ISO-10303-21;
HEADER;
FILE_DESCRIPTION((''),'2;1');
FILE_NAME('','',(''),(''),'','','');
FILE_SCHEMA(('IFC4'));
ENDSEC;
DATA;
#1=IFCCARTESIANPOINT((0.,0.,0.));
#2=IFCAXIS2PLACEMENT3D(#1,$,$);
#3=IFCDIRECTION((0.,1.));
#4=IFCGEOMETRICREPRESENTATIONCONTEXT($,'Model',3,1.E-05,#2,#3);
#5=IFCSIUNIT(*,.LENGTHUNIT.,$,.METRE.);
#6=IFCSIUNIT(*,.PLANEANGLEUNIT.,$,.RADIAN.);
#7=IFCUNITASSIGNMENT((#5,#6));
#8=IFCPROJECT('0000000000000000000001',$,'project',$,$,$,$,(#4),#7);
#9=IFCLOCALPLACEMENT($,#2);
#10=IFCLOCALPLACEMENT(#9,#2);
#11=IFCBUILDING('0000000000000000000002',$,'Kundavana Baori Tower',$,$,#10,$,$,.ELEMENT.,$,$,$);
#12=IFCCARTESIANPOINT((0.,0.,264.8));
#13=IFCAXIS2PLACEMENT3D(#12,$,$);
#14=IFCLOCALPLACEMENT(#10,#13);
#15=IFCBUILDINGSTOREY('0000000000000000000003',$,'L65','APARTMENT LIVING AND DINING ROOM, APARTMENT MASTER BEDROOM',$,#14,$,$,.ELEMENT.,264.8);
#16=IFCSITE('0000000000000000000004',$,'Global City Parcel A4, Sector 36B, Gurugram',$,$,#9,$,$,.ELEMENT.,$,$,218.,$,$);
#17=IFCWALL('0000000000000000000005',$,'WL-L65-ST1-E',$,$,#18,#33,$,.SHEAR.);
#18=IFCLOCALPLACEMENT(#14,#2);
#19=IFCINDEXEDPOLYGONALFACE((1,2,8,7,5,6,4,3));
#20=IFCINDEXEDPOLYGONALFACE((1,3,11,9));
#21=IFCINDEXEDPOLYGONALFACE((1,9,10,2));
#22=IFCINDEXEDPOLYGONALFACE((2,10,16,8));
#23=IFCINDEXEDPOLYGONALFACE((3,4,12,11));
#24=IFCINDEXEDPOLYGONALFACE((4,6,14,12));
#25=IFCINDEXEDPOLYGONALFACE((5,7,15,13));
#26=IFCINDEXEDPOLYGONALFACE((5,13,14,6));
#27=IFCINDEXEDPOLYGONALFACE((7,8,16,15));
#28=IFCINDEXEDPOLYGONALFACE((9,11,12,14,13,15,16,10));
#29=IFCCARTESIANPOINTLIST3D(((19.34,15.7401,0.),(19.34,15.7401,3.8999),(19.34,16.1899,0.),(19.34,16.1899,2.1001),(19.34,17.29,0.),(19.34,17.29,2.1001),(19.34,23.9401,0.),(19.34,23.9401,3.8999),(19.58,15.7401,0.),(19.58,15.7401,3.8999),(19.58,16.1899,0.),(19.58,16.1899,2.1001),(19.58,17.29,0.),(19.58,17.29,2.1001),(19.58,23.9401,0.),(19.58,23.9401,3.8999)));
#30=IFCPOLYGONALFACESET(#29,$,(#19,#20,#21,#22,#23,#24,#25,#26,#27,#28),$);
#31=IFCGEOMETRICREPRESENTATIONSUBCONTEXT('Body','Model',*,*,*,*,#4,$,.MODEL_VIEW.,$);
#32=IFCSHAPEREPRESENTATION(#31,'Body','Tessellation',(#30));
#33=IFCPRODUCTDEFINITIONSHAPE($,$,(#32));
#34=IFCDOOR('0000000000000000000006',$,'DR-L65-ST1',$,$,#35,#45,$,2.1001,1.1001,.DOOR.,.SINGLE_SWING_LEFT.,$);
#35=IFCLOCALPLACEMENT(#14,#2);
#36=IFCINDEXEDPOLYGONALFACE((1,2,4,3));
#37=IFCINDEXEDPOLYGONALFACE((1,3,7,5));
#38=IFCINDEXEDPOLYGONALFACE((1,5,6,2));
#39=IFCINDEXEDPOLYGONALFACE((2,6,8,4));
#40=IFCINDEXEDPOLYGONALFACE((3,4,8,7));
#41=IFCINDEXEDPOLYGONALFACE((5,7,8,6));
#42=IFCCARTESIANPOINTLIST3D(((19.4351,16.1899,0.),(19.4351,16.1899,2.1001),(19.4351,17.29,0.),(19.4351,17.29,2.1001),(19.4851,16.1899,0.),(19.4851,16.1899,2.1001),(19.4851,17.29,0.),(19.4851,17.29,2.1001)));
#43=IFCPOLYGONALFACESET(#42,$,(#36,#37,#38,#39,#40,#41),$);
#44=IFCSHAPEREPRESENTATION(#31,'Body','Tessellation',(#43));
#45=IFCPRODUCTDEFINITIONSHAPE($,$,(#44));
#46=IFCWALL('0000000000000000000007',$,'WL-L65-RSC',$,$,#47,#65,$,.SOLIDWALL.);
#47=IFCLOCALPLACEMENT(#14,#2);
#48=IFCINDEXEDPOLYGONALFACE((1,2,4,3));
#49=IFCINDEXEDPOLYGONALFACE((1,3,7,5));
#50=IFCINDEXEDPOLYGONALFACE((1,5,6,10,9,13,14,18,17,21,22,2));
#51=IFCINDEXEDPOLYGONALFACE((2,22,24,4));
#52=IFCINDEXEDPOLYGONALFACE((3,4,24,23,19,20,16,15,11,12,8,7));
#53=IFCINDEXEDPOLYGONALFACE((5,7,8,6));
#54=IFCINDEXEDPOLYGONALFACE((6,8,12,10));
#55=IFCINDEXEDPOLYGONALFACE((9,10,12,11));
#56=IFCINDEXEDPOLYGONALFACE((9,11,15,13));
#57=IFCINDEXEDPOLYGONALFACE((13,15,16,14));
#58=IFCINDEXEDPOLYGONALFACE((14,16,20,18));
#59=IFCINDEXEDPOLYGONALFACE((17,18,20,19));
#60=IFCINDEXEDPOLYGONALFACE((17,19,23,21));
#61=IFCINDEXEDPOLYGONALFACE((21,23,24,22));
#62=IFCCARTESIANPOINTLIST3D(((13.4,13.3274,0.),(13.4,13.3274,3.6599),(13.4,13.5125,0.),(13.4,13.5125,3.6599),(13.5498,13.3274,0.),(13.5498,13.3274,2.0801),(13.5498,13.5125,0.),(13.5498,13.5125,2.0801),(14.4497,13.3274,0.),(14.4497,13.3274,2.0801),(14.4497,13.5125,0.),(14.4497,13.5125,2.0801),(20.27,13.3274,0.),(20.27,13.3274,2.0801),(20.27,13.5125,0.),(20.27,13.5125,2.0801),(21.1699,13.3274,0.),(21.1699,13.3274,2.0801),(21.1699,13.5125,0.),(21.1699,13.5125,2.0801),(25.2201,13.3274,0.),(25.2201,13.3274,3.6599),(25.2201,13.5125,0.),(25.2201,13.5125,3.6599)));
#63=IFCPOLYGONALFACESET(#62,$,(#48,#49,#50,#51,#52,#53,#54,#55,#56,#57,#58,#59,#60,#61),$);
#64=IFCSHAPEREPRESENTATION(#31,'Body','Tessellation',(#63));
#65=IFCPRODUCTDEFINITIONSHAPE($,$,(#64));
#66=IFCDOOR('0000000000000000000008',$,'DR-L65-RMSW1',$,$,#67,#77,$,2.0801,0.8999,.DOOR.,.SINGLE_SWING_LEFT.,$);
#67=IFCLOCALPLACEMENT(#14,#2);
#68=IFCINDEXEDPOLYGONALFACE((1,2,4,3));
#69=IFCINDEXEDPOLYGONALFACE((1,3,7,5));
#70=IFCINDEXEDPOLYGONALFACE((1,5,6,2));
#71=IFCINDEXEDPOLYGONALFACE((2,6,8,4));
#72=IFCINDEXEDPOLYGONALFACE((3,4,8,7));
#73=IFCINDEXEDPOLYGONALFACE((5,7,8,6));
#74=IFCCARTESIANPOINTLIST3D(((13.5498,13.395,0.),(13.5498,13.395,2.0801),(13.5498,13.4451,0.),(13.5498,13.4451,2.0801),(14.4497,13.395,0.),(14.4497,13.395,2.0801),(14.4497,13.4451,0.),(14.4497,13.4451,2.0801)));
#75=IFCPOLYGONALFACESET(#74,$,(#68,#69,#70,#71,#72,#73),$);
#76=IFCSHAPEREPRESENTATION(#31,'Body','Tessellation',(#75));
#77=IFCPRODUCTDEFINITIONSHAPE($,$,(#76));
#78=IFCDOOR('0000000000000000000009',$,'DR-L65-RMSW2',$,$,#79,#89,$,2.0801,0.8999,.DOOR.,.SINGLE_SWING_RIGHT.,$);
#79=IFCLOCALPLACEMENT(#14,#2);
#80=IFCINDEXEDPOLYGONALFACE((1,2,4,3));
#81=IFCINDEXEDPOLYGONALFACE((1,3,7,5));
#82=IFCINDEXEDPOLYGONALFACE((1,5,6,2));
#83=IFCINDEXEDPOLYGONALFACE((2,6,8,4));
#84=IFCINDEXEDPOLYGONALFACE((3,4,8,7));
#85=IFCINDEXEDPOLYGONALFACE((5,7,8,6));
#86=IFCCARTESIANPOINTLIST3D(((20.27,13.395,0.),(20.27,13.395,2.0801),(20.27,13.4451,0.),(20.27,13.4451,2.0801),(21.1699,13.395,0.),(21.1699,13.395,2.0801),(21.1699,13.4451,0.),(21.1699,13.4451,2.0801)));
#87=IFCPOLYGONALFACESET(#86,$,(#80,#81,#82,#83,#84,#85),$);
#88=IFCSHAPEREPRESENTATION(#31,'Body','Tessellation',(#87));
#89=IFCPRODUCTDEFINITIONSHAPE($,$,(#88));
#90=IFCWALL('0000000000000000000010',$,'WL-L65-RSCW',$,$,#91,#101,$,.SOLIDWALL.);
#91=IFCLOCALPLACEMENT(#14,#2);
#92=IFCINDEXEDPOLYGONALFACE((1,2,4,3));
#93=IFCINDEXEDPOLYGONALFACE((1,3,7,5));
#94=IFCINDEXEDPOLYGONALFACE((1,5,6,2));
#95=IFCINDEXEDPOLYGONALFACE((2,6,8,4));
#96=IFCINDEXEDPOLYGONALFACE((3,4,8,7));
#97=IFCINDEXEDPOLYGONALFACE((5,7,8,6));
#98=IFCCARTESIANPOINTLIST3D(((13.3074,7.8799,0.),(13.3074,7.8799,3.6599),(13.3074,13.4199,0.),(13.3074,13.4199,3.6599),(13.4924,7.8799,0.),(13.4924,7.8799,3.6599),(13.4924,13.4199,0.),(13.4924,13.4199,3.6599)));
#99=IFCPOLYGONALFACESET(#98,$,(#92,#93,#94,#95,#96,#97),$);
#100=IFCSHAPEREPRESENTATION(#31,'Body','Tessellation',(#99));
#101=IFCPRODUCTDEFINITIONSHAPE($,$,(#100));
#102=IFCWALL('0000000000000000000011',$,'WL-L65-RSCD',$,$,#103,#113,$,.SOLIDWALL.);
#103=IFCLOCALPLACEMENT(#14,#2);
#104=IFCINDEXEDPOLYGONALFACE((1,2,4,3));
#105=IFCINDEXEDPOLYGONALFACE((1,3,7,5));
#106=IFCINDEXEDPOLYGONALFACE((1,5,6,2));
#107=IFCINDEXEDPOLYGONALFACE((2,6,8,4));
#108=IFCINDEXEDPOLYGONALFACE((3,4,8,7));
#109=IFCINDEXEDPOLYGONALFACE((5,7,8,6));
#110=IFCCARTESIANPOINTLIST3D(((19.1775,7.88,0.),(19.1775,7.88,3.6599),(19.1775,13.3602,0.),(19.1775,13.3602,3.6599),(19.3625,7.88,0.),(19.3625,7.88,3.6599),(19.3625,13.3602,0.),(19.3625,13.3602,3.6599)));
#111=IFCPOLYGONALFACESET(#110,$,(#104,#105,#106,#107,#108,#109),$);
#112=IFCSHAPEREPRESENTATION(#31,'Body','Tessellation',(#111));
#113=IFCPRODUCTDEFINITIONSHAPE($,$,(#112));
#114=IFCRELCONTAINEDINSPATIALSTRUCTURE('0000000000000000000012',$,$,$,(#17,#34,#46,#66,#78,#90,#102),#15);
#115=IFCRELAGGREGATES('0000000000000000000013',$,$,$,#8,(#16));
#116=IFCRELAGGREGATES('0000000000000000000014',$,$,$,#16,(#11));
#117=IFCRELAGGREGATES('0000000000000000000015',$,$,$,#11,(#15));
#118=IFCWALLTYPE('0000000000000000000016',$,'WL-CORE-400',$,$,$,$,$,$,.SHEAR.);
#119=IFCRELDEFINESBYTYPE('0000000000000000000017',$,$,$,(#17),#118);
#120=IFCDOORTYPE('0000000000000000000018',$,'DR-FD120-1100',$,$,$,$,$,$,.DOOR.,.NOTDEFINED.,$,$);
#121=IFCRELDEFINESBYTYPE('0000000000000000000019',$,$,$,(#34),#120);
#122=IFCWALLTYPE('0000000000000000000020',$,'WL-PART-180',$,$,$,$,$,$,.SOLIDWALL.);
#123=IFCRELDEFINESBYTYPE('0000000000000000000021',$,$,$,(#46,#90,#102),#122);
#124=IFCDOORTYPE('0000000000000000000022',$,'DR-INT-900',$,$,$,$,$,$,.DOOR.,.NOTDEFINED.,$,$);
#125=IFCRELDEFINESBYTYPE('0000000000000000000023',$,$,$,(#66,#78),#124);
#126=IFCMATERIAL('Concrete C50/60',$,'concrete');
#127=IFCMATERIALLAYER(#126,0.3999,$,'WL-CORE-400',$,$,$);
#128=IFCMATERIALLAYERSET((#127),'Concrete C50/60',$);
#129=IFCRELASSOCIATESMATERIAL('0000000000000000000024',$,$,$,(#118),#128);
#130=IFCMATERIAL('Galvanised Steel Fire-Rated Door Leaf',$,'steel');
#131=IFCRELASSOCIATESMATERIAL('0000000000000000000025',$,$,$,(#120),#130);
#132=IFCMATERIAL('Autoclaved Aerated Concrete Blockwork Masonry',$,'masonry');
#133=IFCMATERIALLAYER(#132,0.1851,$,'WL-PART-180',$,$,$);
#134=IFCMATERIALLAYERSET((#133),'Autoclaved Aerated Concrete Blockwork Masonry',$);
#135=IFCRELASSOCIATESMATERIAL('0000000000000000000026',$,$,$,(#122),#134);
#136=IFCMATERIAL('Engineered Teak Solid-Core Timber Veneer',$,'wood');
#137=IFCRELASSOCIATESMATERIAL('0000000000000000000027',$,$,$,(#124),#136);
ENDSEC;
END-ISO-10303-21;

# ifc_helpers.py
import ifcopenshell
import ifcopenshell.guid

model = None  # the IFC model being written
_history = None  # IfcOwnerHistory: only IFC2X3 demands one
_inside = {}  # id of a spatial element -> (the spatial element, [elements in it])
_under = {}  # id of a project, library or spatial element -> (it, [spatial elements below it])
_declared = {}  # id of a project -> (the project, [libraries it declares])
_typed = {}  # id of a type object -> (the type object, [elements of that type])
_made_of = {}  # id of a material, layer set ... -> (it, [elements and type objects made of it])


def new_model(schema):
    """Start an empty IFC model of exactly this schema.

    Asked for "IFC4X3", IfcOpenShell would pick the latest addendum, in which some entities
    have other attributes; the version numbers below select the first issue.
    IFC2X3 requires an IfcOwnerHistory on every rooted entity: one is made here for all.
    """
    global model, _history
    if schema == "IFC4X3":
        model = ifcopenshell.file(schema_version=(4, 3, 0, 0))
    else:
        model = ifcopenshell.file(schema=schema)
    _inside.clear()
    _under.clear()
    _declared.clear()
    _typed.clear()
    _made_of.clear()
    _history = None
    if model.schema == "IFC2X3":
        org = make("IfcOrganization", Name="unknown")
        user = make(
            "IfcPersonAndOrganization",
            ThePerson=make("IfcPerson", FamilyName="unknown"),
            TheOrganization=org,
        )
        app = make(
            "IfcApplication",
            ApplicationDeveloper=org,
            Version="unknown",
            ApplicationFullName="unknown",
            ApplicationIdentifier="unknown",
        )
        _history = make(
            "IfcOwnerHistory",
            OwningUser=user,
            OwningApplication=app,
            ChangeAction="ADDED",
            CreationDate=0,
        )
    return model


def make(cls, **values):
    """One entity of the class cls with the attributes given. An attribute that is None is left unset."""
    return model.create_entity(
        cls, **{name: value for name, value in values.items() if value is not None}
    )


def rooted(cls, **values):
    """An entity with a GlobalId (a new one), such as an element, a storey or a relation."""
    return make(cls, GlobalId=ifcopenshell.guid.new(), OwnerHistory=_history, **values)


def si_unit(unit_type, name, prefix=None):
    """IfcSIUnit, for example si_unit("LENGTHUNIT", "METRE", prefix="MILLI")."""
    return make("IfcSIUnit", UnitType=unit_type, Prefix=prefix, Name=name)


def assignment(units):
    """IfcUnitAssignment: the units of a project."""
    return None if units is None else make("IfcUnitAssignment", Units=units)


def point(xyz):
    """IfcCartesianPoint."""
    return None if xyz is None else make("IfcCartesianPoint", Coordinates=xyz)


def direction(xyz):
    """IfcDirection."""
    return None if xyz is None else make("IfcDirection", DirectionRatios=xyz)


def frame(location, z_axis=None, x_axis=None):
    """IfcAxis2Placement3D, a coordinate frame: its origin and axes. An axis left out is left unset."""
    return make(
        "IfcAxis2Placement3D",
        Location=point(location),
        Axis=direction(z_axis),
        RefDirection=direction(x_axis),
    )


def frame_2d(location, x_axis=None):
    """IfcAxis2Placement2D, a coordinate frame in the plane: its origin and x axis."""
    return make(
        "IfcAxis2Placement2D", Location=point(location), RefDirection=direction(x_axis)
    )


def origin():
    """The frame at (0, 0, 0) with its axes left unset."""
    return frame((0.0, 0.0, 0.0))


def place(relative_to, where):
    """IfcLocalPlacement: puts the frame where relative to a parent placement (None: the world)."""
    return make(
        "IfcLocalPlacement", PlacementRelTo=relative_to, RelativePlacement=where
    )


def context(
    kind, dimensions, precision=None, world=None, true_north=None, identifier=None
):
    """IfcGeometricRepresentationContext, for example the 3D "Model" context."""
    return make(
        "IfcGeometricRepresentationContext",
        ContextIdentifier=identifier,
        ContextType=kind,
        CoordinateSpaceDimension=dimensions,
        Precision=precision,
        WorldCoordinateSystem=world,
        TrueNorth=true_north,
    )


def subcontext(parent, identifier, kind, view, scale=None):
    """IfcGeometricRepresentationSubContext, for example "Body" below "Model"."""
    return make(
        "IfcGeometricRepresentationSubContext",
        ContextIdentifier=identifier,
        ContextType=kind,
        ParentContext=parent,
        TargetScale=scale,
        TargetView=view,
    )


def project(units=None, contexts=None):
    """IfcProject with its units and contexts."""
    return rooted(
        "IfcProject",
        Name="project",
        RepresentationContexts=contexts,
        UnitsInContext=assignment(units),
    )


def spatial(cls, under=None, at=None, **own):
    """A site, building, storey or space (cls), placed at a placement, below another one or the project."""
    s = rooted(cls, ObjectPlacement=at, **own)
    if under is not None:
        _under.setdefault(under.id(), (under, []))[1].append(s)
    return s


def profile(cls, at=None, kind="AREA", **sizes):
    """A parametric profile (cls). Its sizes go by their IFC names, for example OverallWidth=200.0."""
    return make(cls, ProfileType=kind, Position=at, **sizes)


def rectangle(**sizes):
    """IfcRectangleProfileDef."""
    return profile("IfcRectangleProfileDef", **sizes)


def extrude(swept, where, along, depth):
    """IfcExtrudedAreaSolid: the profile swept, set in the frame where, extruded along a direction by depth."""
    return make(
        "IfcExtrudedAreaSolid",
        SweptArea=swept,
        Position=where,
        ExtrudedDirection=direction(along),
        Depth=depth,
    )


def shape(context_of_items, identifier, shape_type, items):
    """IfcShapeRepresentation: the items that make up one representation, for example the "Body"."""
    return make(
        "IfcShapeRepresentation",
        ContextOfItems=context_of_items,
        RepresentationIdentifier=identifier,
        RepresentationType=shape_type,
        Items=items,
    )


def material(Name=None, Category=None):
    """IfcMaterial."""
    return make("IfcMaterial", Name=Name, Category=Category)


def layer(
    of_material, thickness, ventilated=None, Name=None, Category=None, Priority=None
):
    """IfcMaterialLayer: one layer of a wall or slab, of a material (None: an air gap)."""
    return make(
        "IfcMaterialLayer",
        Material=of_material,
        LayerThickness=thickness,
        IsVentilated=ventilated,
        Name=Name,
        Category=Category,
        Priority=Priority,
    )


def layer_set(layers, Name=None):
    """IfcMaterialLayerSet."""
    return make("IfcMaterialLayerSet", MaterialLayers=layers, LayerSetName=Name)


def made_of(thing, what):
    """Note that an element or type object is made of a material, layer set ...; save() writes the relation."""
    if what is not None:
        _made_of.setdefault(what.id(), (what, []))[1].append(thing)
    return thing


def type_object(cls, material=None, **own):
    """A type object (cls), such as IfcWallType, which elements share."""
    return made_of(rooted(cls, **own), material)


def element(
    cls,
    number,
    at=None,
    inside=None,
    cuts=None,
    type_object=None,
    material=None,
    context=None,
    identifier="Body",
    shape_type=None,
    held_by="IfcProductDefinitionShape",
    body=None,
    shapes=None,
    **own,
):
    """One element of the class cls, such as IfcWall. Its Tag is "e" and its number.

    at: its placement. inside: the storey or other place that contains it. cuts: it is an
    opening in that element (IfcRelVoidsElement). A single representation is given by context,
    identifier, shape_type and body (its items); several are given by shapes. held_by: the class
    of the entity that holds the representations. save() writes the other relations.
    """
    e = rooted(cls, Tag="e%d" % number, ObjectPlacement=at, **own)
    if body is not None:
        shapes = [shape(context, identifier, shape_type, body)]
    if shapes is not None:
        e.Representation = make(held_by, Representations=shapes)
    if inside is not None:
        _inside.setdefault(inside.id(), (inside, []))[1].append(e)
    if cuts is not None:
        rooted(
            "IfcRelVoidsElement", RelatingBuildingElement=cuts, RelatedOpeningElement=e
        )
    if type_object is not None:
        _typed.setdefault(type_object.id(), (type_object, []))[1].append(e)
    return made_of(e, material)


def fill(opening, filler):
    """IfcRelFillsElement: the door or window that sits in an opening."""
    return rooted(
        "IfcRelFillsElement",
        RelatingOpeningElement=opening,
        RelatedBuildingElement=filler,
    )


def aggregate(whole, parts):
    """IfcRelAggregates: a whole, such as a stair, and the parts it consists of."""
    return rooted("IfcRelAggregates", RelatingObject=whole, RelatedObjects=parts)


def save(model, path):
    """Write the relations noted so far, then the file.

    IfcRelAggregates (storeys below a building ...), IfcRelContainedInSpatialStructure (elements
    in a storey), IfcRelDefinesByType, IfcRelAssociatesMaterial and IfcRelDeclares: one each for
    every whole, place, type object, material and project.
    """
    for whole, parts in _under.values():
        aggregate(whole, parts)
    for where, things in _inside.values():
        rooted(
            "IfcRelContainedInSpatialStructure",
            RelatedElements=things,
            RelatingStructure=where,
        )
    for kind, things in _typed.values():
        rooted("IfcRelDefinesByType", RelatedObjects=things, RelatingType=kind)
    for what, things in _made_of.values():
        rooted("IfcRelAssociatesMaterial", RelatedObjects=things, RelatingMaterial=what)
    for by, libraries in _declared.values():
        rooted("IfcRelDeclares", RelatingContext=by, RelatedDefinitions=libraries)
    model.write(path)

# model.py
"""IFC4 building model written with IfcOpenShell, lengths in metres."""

from ifc_helpers import new_model, si_unit, direction, frame, frame_2d, origin, place, context, subcontext, project, spatial, rectangle, extrude, material, layer, layer_set, type_object, element, fill, save


model = new_model("IFC4")

# Units and contexts
model_context = context("Model", 3, precision=1e-05, world=origin(), true_north=direction((0.0, 1.0)))
body_context = subcontext(model_context, "Body", "Model", "MODEL_VIEW")
ifc_project = project(units=[si_unit("LENGTHUNIT", "METRE"), si_unit("PLANEANGLEUNIT", "RADIAN")], contexts=[model_context])

# Site, building, storey
site_placement = place(None, origin())
site = spatial("IfcSite", under=ifc_project, at=site_placement, Name="Global City Parcel A4, Sector 36B, Gurugram", CompositionType="ELEMENT", RefElevation=218.0)
building_placement = place(site_placement, origin())
building = spatial("IfcBuilding", under=site, at=building_placement, Name="Kundavana Baori Tower", CompositionType="ELEMENT")
storey_placement = place(building_placement, frame((0.0, 0.0, 264.8)))
storey = spatial("IfcBuildingStorey", under=building, at=storey_placement, Name="L65", Description="APARTMENT LIVING AND DINING ROOM, APARTMENT MASTER BEDROOM", CompositionType="ELEMENT", Elevation=264.8)

# Shared definitions
ifc_material_1 = material(Name="Concrete C50/60", Category="concrete")
ifc_layer_1 = layer(ifc_material_1, 0.3999, Name="WL-CORE-400")
ifc_layer_set_1 = layer_set([ifc_layer_1], Name="Concrete C50/60")
wall_type_1 = type_object("IfcWallType", Name="WL-CORE-400", PredefinedType="SHEAR", material=ifc_layer_set_1)

# Wall, opening, door
wall_1_placement = place(storey_placement, frame((19.46, 15.74, 0.0), z_axis=(0.0, 0.0, 1.0), x_axis=(0.0, 1.0, 0.0)))
wall_1 = element("IfcWall", 1, at=wall_1_placement, inside=storey, type_object=wall_type_1, Name="WL-L65-ST1-E", PredefinedType="SHEAR", context=body_context, shape_type="SweptSolid", body=[
    extrude(rectangle(XDim=8.2, YDim=0.24, at=frame_2d((4.1001, 0.0))), origin(), (0.0, 0.0, 1.0), 3.8999),
])
opening_1_placement = place(wall_1_placement, frame((0.45, 0.0, 0.0)))
opening_1 = element("IfcOpeningElement", 2, at=opening_1_placement, cuts=wall_1, PredefinedType="OPENING", context=body_context, shape_type="SweptSolid", body=[
    extrude(rectangle(XDim=1.1001, YDim=2.1001, at=frame_2d((0.55, 1.05))), frame((0.0, 0.1299, 0.0), z_axis=(0.0, -1.0, 0.0), x_axis=(1.0, 0.0, 0.0)), (0.0, 0.0, 1.0), 0.26),
])
ifc_material_2 = material(Name="Galvanised Steel Fire-Rated Door Leaf", Category="steel")
door_type_1 = type_object("IfcDoorType", Name="DR-FD120-1100", OperationType="NOTDEFINED", PredefinedType="DOOR", material=ifc_material_2)
door_1_placement = place(opening_1_placement, origin())
door_1 = element("IfcDoor", 3, at=door_1_placement, inside=storey, type_object=door_type_1, Name="DR-L65-ST1", OperationType="SINGLE_SWING_LEFT", OverallHeight=2.1001, OverallWidth=1.1001, PredefinedType="DOOR", context=body_context, shape_type="SweptSolid", body=[
    extrude(rectangle(XDim=1.1001, YDim=2.1001, at=frame_2d((0.55, 1.05))), frame((0.0, 0.0249, 0.0), z_axis=(0.0, -1.0, 0.0), x_axis=(1.0, 0.0, 0.0)), (0.0, 0.0, 1.0), 0.05),
])
fill(opening_1, door_1)

# Wall, openings, doors
ifc_material_3 = material(Name="Autoclaved Aerated Concrete Blockwork Masonry", Category="masonry")
ifc_layer_2 = layer(ifc_material_3, 0.1851, Name="WL-PART-180")
ifc_layer_set_2 = layer_set([ifc_layer_2], Name="Autoclaved Aerated Concrete Blockwork Masonry")
wall_type_2 = type_object("IfcWallType", Name="WL-PART-180", PredefinedType="SOLIDWALL", material=ifc_layer_set_2)
wall_2_placement = place(storey_placement, frame((13.3999, 13.4199, 0.0), z_axis=(0.0, 0.0, 1.0), x_axis=(1.0, 0.0, 0.0)))
wall_2 = element("IfcWall", 4, at=wall_2_placement, inside=storey, type_object=wall_type_2, Name="WL-L65-RSC", PredefinedType="SOLIDWALL", context=body_context, shape_type="SweptSolid", body=[
    extrude(rectangle(XDim=11.8201, YDim=0.1851, at=frame_2d((5.9102, 0.0))), origin(), (0.0, 0.0, 1.0), 3.6599),
])
opening_2_placement = place(wall_2_placement, frame((0.1499, 0.0, 0.0)))
opening_2 = element("IfcOpeningElement", 5, at=opening_2_placement, cuts=wall_2, PredefinedType="OPENING", context=body_context, shape_type="SweptSolid", body=[
    extrude(rectangle(XDim=0.8999, YDim=2.0801, at=frame_2d((0.45, 1.04))), frame((0.0, 0.1025, 0.0), z_axis=(0.0, -1.0, 0.0), x_axis=(1.0, 0.0, 0.0)), (0.0, 0.0, 1.0), 0.2051),
])
opening_3_placement = place(wall_2_placement, frame((6.8701, 0.0, 0.0)))
opening_3 = element("IfcOpeningElement", 6, at=opening_3_placement, cuts=wall_2, PredefinedType="OPENING", context=body_context, shape_type="SweptSolid", body=[
    extrude(rectangle(XDim=0.8999, YDim=2.0801, at=frame_2d((0.45, 1.04))), frame((0.0, 0.1025, 0.0), z_axis=(0.0, -1.0, 0.0), x_axis=(1.0, 0.0, 0.0)), (0.0, 0.0, 1.0), 0.2051),
])
ifc_material_4 = material(Name="Engineered Teak Solid-Core Timber Veneer", Category="wood")
door_type_2 = type_object("IfcDoorType", Name="DR-INT-900", OperationType="NOTDEFINED", PredefinedType="DOOR", material=ifc_material_4)
door_2_placement = place(opening_2_placement, frame((0.8999, 0.0, 0.0), z_axis=(0.0, 0.0, 1.0), x_axis=(-1.0, 0.0, 0.0)))
door_2 = element("IfcDoor", 7, at=door_2_placement, inside=storey, type_object=door_type_2, Name="DR-L65-RMSW1", OperationType="SINGLE_SWING_LEFT", OverallHeight=2.0801, OverallWidth=0.8999, PredefinedType="DOOR", context=body_context, shape_type="SweptSolid", body=[
    extrude(rectangle(XDim=0.8999, YDim=2.0801, at=frame_2d((0.45, 1.04))), frame((0.0, 0.0249, 0.0), z_axis=(0.0, -1.0, 0.0), x_axis=(1.0, 0.0, 0.0)), (0.0, 0.0, 1.0), 0.05),
])
fill(opening_2, door_2)
door_3_placement = place(opening_3_placement, frame((0.8999, 0.0, 0.0), z_axis=(0.0, 0.0, 1.0), x_axis=(-1.0, 0.0, 0.0)))
door_3 = element("IfcDoor", 8, at=door_3_placement, inside=storey, type_object=door_type_2, Name="DR-L65-RMSW2", OperationType="SINGLE_SWING_RIGHT", OverallHeight=2.0801, OverallWidth=0.8999, PredefinedType="DOOR", context=body_context, shape_type="SweptSolid", body=[
    extrude(rectangle(XDim=0.8999, YDim=2.0801, at=frame_2d((0.45, 1.04))), frame((0.0, 0.0249, 0.0), z_axis=(0.0, -1.0, 0.0), x_axis=(1.0, 0.0, 0.0)), (0.0, 0.0, 1.0), 0.05),
])
fill(opening_3, door_3)

# Walls
wall_3_placement = place(storey_placement, frame((13.3999, 7.8799, 0.0), z_axis=(0.0, 0.0, 1.0), x_axis=(0.0, 1.0, 0.0)))
element("IfcWall", 9, at=wall_3_placement, inside=storey, type_object=wall_type_2, Name="WL-L65-RSCW", PredefinedType="SOLIDWALL", context=body_context, shape_type="SweptSolid", body=[
    extrude(rectangle(XDim=5.54, YDim=0.1851, at=frame_2d((2.77, 0.0))), origin(), (0.0, 0.0, 1.0), 3.6599),
])
wall_4_placement = place(storey_placement, frame((19.27, 7.8799, 0.0), z_axis=(0.0, 0.0, 1.0), x_axis=(0.0, 1.0, 0.0)))
element("IfcWall", 10, at=wall_4_placement, inside=storey, type_object=wall_type_2, Name="WL-L65-RSCD", PredefinedType="SOLIDWALL", context=body_context, shape_type="SweptSolid", body=[
    extrude(rectangle(XDim=5.4802, YDim=0.1851, at=frame_2d((2.7402, 0.0))), origin(), (0.0, 0.0, 1.0), 3.6599),
])

save(model, "model.ifc")
